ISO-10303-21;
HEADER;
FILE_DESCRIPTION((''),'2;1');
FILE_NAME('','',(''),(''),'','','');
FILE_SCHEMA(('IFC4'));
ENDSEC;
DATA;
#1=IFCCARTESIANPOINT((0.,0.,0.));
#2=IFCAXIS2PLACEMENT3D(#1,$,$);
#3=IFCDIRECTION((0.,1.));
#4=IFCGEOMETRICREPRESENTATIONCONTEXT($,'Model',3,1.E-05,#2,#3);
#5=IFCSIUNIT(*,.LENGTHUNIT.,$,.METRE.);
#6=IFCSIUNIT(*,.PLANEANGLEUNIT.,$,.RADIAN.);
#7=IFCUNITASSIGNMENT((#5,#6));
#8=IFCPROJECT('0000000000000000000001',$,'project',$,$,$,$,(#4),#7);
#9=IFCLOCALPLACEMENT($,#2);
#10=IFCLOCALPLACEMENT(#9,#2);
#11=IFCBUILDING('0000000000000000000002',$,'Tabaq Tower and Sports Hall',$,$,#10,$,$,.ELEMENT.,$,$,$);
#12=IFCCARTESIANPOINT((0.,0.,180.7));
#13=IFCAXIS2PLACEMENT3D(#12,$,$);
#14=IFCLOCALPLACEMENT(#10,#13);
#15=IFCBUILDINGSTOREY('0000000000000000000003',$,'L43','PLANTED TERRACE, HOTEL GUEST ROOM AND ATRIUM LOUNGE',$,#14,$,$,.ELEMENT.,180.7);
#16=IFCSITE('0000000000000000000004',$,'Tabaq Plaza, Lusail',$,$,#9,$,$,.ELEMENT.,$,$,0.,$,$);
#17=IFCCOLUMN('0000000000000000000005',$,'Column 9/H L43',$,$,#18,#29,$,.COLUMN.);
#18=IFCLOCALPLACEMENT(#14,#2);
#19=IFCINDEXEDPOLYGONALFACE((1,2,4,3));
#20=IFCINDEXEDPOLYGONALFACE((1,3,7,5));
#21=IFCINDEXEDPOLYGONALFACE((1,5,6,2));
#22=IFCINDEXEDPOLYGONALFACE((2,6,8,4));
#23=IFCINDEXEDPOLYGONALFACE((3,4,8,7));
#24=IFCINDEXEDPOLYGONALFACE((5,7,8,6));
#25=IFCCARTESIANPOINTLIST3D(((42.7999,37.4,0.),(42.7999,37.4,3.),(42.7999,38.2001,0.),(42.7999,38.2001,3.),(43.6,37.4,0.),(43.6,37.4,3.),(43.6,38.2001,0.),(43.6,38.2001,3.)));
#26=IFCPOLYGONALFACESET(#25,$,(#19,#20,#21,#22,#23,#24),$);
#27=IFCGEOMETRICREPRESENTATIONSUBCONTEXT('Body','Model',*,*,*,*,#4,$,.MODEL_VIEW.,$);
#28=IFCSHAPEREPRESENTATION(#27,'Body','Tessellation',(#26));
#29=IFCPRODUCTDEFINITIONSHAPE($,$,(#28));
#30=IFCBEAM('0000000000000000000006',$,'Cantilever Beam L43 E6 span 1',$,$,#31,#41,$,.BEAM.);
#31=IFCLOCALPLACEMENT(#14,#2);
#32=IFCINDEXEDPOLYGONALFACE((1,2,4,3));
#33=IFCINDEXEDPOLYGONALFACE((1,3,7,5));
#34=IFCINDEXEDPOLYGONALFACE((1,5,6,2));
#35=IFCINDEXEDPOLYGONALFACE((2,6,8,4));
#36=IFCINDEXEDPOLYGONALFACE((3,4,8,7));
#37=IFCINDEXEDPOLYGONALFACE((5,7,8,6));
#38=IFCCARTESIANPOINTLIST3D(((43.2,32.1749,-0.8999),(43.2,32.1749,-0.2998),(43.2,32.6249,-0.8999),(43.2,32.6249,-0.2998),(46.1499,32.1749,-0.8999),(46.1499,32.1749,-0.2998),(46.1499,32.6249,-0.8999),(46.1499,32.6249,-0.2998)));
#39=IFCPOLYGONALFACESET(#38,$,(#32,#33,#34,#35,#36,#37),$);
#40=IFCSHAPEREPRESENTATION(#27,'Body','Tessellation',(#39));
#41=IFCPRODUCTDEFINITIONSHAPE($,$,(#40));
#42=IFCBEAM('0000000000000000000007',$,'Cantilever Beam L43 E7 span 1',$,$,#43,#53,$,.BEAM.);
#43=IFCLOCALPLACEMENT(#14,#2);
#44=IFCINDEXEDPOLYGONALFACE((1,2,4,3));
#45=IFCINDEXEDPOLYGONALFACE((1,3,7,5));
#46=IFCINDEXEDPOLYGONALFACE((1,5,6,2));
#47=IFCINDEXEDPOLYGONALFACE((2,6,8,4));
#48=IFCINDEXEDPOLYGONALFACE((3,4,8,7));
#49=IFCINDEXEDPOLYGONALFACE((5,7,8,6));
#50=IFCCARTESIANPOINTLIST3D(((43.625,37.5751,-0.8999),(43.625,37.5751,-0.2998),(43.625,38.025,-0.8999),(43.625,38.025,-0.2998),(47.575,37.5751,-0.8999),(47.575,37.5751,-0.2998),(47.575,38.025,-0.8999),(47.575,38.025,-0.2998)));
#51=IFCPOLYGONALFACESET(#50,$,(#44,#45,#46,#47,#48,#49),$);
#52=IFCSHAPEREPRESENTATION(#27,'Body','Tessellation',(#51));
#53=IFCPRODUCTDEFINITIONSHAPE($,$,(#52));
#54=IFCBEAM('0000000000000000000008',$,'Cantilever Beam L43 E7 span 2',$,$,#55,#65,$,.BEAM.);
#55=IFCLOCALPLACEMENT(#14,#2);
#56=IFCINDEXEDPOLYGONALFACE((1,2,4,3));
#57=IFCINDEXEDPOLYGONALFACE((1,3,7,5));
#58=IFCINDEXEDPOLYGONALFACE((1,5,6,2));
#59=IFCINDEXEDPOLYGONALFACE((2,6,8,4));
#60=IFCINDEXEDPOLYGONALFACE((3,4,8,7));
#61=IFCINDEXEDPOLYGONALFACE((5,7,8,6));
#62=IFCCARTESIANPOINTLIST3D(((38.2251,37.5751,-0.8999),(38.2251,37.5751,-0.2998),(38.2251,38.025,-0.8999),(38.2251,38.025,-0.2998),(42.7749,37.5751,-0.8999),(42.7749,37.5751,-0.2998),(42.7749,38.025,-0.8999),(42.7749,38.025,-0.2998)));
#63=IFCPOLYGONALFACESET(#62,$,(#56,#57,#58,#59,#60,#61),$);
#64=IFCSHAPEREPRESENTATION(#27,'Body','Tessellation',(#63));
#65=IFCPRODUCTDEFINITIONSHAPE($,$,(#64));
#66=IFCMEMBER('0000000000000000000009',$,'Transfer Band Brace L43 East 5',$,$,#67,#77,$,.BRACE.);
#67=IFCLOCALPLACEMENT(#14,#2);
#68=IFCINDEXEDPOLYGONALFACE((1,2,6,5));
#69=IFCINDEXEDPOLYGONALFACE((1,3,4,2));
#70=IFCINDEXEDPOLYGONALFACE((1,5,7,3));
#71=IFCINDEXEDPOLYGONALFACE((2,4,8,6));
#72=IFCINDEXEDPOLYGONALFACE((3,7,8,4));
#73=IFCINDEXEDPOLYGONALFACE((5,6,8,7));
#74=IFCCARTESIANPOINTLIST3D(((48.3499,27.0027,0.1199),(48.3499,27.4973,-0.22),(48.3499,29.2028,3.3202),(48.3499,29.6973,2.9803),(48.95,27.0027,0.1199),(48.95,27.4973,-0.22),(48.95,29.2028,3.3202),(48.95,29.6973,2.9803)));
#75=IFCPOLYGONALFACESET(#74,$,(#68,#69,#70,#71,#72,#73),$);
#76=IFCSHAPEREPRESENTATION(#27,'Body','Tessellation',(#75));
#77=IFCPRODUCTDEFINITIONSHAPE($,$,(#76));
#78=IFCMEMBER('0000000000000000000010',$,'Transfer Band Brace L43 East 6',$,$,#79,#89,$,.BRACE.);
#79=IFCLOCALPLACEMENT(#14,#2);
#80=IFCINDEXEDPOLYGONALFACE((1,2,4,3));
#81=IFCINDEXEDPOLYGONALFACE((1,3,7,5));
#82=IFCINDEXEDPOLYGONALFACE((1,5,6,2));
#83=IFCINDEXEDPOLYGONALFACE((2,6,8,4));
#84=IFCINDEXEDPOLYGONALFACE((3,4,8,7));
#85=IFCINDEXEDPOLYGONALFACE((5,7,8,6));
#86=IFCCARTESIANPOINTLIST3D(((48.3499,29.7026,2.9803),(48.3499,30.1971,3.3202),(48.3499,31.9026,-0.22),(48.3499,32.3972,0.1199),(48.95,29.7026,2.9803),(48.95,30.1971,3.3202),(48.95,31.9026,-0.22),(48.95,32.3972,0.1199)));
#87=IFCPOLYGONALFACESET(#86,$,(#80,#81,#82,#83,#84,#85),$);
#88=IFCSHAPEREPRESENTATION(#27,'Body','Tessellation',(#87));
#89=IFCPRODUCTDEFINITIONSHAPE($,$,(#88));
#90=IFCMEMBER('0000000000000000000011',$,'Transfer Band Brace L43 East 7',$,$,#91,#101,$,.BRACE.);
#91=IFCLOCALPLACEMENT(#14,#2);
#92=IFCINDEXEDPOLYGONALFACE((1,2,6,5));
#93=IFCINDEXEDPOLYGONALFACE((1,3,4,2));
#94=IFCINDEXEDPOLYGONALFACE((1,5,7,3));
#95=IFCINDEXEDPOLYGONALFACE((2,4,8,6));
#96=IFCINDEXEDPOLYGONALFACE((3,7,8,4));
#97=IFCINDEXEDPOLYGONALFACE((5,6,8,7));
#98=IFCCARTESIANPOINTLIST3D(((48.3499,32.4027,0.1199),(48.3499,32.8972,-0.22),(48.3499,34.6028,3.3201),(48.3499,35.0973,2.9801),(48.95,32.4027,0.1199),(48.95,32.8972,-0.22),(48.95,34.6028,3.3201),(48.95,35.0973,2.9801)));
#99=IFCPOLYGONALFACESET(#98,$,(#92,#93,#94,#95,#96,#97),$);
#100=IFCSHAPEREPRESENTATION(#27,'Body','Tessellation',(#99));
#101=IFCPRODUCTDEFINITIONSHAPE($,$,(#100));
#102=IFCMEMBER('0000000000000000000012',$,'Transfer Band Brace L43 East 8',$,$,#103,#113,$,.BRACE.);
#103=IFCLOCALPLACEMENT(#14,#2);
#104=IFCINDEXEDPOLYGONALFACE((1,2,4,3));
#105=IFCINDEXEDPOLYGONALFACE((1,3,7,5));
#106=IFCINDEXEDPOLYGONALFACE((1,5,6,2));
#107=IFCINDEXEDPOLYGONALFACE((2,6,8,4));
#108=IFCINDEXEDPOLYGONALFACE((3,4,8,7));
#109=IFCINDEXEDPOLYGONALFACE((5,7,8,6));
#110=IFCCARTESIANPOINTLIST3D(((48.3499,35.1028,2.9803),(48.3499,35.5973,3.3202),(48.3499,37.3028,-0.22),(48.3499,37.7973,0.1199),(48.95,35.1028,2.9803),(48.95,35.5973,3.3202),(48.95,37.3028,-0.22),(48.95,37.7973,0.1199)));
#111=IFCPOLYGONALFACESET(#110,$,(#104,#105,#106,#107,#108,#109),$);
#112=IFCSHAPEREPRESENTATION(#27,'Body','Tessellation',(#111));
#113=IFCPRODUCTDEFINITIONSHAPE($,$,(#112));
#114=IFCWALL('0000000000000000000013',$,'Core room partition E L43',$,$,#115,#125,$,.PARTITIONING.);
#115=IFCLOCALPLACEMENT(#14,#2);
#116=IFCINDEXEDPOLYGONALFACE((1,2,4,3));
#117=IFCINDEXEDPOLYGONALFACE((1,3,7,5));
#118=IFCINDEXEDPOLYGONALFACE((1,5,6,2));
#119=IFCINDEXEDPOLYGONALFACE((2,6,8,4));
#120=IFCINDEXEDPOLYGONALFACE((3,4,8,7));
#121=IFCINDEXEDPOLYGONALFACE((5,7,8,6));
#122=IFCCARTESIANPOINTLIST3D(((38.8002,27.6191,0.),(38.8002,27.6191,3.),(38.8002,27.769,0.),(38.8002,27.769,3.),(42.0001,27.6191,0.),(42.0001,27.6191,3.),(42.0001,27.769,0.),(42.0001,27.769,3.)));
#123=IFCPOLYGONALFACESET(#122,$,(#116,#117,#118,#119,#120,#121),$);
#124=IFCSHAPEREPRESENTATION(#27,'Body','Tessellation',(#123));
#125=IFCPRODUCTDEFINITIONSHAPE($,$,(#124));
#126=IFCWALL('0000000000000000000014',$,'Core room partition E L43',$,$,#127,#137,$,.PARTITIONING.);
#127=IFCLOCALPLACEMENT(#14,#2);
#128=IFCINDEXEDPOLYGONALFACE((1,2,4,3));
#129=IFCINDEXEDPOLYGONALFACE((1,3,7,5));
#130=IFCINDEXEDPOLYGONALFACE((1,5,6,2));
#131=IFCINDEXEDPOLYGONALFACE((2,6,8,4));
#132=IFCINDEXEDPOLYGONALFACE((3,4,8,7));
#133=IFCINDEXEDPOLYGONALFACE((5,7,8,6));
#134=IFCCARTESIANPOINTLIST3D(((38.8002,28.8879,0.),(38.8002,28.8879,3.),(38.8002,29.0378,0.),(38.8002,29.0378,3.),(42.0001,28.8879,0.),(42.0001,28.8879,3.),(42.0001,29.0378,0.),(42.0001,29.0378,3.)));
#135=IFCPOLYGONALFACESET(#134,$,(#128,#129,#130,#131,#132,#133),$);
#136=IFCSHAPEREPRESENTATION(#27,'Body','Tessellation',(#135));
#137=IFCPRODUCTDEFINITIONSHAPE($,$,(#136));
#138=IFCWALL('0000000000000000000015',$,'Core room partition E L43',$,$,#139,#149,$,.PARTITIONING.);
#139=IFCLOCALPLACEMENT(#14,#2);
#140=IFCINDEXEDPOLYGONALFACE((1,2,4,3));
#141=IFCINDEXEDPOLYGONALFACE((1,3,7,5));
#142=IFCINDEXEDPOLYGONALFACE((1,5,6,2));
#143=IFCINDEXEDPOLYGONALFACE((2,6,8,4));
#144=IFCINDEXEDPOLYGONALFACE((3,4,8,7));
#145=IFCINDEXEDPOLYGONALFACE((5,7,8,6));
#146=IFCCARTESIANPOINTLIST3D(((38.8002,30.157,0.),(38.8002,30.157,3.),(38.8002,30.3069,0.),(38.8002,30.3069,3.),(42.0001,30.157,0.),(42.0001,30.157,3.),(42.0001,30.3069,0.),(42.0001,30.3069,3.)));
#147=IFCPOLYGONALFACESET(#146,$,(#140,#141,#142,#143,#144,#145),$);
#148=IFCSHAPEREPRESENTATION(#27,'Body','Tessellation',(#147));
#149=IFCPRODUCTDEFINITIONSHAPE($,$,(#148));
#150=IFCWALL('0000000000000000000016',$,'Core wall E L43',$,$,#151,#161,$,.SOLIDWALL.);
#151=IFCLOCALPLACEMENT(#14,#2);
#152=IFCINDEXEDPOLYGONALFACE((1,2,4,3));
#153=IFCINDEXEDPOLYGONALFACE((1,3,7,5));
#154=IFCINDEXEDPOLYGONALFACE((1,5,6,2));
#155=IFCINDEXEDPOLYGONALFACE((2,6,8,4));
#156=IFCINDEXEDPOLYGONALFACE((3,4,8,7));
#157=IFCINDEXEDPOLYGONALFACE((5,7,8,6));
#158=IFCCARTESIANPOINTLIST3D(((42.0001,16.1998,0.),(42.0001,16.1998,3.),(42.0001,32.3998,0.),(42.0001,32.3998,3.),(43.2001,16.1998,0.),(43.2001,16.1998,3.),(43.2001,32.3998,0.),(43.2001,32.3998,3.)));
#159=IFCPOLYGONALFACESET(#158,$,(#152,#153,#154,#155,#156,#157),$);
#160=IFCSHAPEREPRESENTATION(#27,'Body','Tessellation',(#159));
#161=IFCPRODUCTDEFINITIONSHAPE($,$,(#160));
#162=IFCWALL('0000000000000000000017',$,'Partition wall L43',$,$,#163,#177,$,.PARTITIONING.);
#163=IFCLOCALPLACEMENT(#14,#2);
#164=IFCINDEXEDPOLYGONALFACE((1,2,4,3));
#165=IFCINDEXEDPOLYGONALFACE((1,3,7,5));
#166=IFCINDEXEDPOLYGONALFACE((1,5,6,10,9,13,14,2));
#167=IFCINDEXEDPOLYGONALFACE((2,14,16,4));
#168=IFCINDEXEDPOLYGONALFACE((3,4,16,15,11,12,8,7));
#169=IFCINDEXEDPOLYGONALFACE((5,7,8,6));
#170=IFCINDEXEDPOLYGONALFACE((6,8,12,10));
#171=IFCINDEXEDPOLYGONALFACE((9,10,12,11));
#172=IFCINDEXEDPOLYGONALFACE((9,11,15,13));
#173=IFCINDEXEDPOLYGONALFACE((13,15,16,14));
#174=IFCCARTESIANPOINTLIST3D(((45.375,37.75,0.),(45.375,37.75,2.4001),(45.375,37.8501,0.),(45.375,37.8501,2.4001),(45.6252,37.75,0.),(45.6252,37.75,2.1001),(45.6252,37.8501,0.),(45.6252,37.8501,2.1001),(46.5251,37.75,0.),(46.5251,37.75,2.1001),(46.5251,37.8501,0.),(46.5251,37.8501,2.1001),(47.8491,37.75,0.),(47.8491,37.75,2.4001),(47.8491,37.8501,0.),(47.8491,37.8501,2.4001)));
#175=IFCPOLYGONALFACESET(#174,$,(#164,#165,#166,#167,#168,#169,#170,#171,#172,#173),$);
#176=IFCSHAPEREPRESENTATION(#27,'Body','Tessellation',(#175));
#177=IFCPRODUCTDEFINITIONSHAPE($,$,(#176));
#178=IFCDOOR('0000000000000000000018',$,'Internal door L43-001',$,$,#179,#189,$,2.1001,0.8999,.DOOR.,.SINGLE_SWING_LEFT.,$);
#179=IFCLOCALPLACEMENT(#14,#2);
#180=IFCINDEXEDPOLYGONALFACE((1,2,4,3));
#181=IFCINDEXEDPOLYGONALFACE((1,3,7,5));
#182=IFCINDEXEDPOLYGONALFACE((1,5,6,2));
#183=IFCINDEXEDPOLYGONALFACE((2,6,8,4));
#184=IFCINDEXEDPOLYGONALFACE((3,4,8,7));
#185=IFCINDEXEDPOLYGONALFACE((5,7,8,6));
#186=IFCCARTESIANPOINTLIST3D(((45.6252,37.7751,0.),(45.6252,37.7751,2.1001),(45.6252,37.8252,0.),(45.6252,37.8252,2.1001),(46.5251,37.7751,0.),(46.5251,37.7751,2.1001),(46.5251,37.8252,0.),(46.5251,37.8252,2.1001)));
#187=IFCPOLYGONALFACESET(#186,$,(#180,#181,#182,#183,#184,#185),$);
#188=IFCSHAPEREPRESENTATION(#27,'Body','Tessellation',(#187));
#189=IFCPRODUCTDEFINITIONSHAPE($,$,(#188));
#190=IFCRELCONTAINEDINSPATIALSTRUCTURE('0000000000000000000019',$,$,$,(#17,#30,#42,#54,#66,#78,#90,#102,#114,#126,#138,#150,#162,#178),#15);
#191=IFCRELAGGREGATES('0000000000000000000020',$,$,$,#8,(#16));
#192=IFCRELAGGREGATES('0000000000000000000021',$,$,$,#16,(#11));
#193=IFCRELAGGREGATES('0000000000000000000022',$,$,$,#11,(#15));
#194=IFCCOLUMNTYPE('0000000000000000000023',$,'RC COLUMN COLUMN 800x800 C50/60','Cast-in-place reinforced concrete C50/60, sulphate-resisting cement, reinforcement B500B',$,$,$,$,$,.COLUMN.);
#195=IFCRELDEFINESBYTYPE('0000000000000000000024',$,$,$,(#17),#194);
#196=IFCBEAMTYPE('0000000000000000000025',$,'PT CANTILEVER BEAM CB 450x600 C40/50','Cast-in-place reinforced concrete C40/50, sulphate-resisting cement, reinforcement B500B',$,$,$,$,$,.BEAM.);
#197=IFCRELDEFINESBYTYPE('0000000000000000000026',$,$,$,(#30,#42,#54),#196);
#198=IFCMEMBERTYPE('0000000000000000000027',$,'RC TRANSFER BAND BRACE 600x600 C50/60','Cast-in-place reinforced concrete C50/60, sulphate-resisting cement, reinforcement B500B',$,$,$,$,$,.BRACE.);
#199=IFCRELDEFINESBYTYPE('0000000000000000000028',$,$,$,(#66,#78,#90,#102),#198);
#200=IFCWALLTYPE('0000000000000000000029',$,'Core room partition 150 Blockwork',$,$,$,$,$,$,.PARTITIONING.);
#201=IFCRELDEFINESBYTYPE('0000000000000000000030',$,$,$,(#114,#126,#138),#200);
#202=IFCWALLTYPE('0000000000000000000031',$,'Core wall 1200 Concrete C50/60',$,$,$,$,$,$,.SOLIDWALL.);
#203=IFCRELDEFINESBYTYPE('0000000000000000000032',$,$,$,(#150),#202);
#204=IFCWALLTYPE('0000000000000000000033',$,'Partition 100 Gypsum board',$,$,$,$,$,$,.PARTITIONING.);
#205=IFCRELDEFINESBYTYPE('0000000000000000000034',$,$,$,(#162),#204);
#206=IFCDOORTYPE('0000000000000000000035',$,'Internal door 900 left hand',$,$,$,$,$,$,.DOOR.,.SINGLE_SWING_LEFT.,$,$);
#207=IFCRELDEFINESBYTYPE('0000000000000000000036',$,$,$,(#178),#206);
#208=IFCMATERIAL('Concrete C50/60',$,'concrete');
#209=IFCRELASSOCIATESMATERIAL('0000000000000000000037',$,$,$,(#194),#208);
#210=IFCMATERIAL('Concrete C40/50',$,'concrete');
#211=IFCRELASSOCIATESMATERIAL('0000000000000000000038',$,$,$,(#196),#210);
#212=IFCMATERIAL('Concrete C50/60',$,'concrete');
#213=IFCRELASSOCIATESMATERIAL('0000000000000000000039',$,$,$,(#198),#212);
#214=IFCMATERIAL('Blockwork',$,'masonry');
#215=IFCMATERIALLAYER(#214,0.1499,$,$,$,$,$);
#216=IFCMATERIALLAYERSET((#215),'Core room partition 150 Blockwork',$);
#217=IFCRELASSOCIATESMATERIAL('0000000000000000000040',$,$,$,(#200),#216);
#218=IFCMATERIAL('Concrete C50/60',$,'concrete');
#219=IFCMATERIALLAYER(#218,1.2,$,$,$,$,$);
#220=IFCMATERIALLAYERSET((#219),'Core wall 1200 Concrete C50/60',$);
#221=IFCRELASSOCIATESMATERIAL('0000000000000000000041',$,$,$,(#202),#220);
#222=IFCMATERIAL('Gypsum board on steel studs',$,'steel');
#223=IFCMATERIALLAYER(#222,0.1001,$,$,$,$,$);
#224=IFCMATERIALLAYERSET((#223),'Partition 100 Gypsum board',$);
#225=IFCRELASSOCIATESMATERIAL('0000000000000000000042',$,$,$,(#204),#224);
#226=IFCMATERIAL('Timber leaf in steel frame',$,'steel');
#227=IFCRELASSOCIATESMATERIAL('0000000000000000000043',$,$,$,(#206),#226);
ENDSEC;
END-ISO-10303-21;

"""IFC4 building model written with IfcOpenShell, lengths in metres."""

from ifc_helpers import new_model, si_unit, direction, frame, frame_2d, origin, origin_2d, place, context, subcontext, project, spatial, rectangle, extrude, material, layer, layer_set, material_profile, profile_set, type_object, element, fill, save


model = new_model("IFC4")

# Units and contexts
model_context = context("Model", 3, precision=1e-05, world=origin(), true_north=direction((0.0, 1.0)))
body_context = subcontext(model_context, "Body", "Model", "MODEL_VIEW")
ifc_project = project(units=[si_unit("LENGTHUNIT", "METRE"), si_unit("PLANEANGLEUNIT", "RADIAN")], contexts=[model_context])

# Site, building, storey
site_placement = place(None, origin())
site = spatial("IfcSite", under=ifc_project, at=site_placement, Name="Tabaq Plaza, Lusail", CompositionType="ELEMENT", RefElevation=0.0)
building_placement = place(site_placement, origin())
building = spatial("IfcBuilding", under=site, at=building_placement, Name="Tabaq Tower and Sports Hall", CompositionType="ELEMENT")
storey_placement = place(building_placement, frame((0.0, 0.0, 180.7)))
storey = spatial("IfcBuildingStorey", under=building, at=storey_placement, Name="L43", Description="PLANTED TERRACE, HOTEL GUEST ROOM AND ATRIUM LOUNGE", CompositionType="ELEMENT", Elevation=180.7)

# Column
ifc_material_1 = material(Name="Concrete C50/60", Category="concrete")
ifc_material_profile_1 = material_profile(ifc_material_1, rectangle(XDim=0.8, YDim=0.8, at=origin_2d()), Name="COLUMN 800x800")
ifc_profile_set_1 = profile_set([ifc_material_profile_1], Name="Concrete C50/60")
column_type = type_object("IfcColumnType", Name="RC COLUMN COLUMN 800x800 C50/60", Description="Cast-in-place reinforced concrete C50/60, sulphate-resisting cement, reinforcement B500B", PredefinedType="COLUMN", material=ifc_profile_set_1)
column_placement = place(storey_placement, frame((43.2, 37.8, 0.0), z_axis=(0.0, 0.0, 1.0), x_axis=(1.0, 0.0, 0.0)))
element("IfcColumn", 1, at=column_placement, inside=storey, type_object=column_type, Name="Column 9/H L43", PredefinedType="COLUMN", context=body_context, shape_type="SweptSolid", body=[
    extrude(rectangle(XDim=0.8, YDim=0.8, at=origin_2d()), origin(), (0.0, 0.0, 1.0), 3.0),
])

# Beams
ifc_material_2 = material(Name="Concrete C40/50", Category="concrete")
ifc_material_profile_2 = material_profile(ifc_material_2, rectangle(XDim=0.45, YDim=0.6001, at=origin_2d()), Name="CB 450x600")
ifc_profile_set_2 = profile_set([ifc_material_profile_2], Name="Concrete C40/50")
beam_type = type_object("IfcBeamType", Name="PT CANTILEVER BEAM CB 450x600 C40/50", Description="Cast-in-place reinforced concrete C40/50, sulphate-resisting cement, reinforcement B500B", PredefinedType="BEAM", material=ifc_profile_set_2)
beam_1_placement = place(storey_placement, frame((46.1499, 32.3999, -0.5999), z_axis=(-1.0, 0.0, 0.0), x_axis=(0.0, -1.0, 0.0)))
element("IfcBeam", 2, at=beam_1_placement, inside=storey, type_object=beam_type, Name="Cantilever Beam L43 E6 span 1", PredefinedType="BEAM", context=body_context, shape_type="SweptSolid", body=[
    extrude(rectangle(XDim=0.45, YDim=0.6001, at=origin_2d()), origin(), (0.0, 0.0, 1.0), 2.95),
])
beam_2_placement = place(storey_placement, frame((47.575, 37.8, -0.5999), z_axis=(-1.0, 0.0, 0.0), x_axis=(0.0, -1.0, 0.0)))
element("IfcBeam", 3, at=beam_2_placement, inside=storey, type_object=beam_type, Name="Cantilever Beam L43 E7 span 1", PredefinedType="BEAM", context=body_context, shape_type="SweptSolid", body=[
    extrude(rectangle(XDim=0.45, YDim=0.6001, at=origin_2d()), origin(), (0.0, 0.0, 1.0), 3.95),
])
beam_3_placement = place(storey_placement, frame((42.7749, 37.8, -0.5999), z_axis=(-1.0, 0.0, 0.0), x_axis=(0.0, -1.0, 0.0)))
element("IfcBeam", 4, at=beam_3_placement, inside=storey, type_object=beam_type, Name="Cantilever Beam L43 E7 span 2", PredefinedType="BEAM", context=body_context, shape_type="SweptSolid", body=[
    extrude(rectangle(XDim=0.45, YDim=0.6001, at=origin_2d()), origin(), (0.0, 0.0, 1.0), 4.5498),
])

# Members
ifc_material_3 = material(Name="Concrete C50/60", Category="concrete")
ifc_material_profile_3 = material_profile(ifc_material_3, rectangle(XDim=0.6001, YDim=0.6001, at=origin_2d()), Name="TRANSFER BAND BRACE 600x600")
ifc_profile_set_3 = profile_set([ifc_material_profile_3], Name="Concrete C50/60")
member_type = type_object("IfcMemberType", Name="RC TRANSFER BAND BRACE 600x600 C50/60", Description="Cast-in-place reinforced concrete C50/60, sulphate-resisting cement, reinforcement B500B", PredefinedType="BRACE", material=ifc_profile_set_3)
for number, where, z_axis, x_axis, name in (
    (5, (48.6499, 27.25, -0.05), (0.0, 0.566497, 0.824064), (-1.0, 0.0, 0.0), "Transfer Band Brace L43 East 5"),
    (6, (48.6499, 32.1499, -0.05), (0.0, -0.566497, 0.824064), (1.0, 0.0, 0.0), "Transfer Band Brace L43 East 6"),
    (7, (48.6499, 32.6499, -0.05), (0.0, 0.566539, 0.824035), (-1.0, 0.0, 0.0), "Transfer Band Brace L43 East 7"),
    (8, (48.6499, 37.55, -0.05), (0.0, -0.566497, 0.824064), (1.0, 0.0, 0.0), "Transfer Band Brace L43 East 8"),
):
    element("IfcMember", number, at=place(storey_placement, frame(where, z_axis=z_axis, x_axis=x_axis)), inside=storey, type_object=member_type, Name=name, PredefinedType="BRACE", context=body_context, shape_type="SweptSolid", body=[
        extrude(rectangle(XDim=0.6001, YDim=0.6001, at=origin_2d()), origin(), (0.0, 0.0, 1.0), 3.8835),
    ])

# Walls
ifc_material_4 = material(Name="Blockwork", Category="masonry")
ifc_layer_1 = layer(ifc_material_4, 0.1499)
ifc_layer_set_1 = layer_set([ifc_layer_1], Name="Core room partition 150 Blockwork")
wall_type_1 = type_object("IfcWallType", Name="Core room partition 150 Blockwork", PredefinedType="PARTITIONING", material=ifc_layer_set_1)
for number, where, z_axis, x_axis, name in (
    (9, (38.8, 27.6941, 0.0), (0.0, 0.0, 1.0), (1.0, 0.0, 0.0), "Core room partition E L43"),
    (10, (38.8, 28.9629, 0.0), (0.0, 0.0, 1.0), (1.0, 0.0, 0.0), "Core room partition E L43"),
    (11, (38.8, 30.2319, 0.0), (0.0, 0.0, 1.0), (1.0, 0.0, 0.0), "Core room partition E L43"),
):
    element("IfcWall", number, at=place(storey_placement, frame(where, z_axis=z_axis, x_axis=x_axis)), inside=storey, type_object=wall_type_1, Name=name, PredefinedType="PARTITIONING", context=body_context, shape_type="SweptSolid", body=[
        extrude(rectangle(XDim=3.2, YDim=0.1499, at=frame_2d((1.6001, 0.0))), origin(), (0.0, 0.0, 1.0), 3.0),
    ])
ifc_material_5 = material(Name="Concrete C50/60", Category="concrete")
ifc_layer_2 = layer(ifc_material_5, 1.2)
ifc_layer_set_2 = layer_set([ifc_layer_2], Name="Core wall 1200 Concrete C50/60")
wall_type_2 = type_object("IfcWallType", Name="Core wall 1200 Concrete C50/60", PredefinedType="SOLIDWALL", material=ifc_layer_set_2)
wall_1_placement = place(storey_placement, frame((42.6001, 32.3999, 0.0), z_axis=(0.0, 0.0, 1.0), x_axis=(0.0, -1.0, 0.0)))
element("IfcWall", 12, at=wall_1_placement, inside=storey, type_object=wall_type_2, Name="Core wall E L43", PredefinedType="SOLIDWALL", context=body_context, shape_type="SweptSolid", body=[
    extrude(rectangle(XDim=16.2, YDim=1.2, at=frame_2d((8.1001, 0.0))), origin(), (0.0, 0.0, 1.0), 3.0),
])

# Wall, opening, door
ifc_material_6 = material(Name="Gypsum board on steel studs", Category="steel")
ifc_layer_3 = layer(ifc_material_6, 0.1001)
ifc_layer_set_3 = layer_set([ifc_layer_3], Name="Partition 100 Gypsum board")
wall_type_3 = type_object("IfcWallType", Name="Partition 100 Gypsum board", PredefinedType="PARTITIONING", material=ifc_layer_set_3)
wall_2_placement = place(storey_placement, frame((47.8491, 37.8, 0.0), z_axis=(0.0, 0.0, 1.0), x_axis=(-1.0, 0.0, 0.0)))
wall_2 = element("IfcWall", 13, at=wall_2_placement, inside=storey, type_object=wall_type_3, Name="Partition wall L43", PredefinedType="PARTITIONING", context=body_context, shape_type="SweptSolid", body=[
    extrude(rectangle(XDim=2.4741, YDim=0.1001, at=frame_2d((1.2371, 0.0))), origin(), (0.0, 0.0, 1.0), 2.4001),
])
opening_1_placement = place(wall_2_placement, frame((1.324, 0.0, 0.0)))
opening_1 = element("IfcOpeningElement", 14, at=opening_1_placement, cuts=wall_2, PredefinedType="OPENING", context=body_context, shape_type="SweptSolid", body=[
    extrude(rectangle(XDim=0.8999, YDim=2.1001, at=frame_2d((0.45, 1.05))), frame((0.0, 0.05, 0.0), z_axis=(0.0, -1.0, 0.0), x_axis=(1.0, 0.0, 0.0)), (0.0, 0.0, 1.0), 0.1001),
])
ifc_material_7 = material(Name="Timber leaf in steel frame", Category="steel")
door_type_1 = type_object("IfcDoorType", Name="Internal door 900 left hand", OperationType="SINGLE_SWING_LEFT", PredefinedType="DOOR", material=ifc_material_7)
door_1_placement = place(opening_1_placement, origin())
door_1 = element("IfcDoor", 15, at=door_1_placement, inside=storey, type_object=door_type_1, Name="Internal door L43-001", OperationType="SINGLE_SWING_LEFT", OverallHeight=2.1001, OverallWidth=0.8999, PredefinedType="DOOR", context=body_context, shape_type="SweptSolid", body=[
    extrude(rectangle(XDim=0.8999, YDim=2.1001, at=frame_2d((0.45, 1.05))), frame((0.0, 0.0249, 0.0), z_axis=(0.0, -1.0, 0.0), x_axis=(1.0, 0.0, 0.0)), (0.0, 0.0, 1.0), 0.05),
])
fill(opening_1, door_1)

save(model, "model.ifc")
